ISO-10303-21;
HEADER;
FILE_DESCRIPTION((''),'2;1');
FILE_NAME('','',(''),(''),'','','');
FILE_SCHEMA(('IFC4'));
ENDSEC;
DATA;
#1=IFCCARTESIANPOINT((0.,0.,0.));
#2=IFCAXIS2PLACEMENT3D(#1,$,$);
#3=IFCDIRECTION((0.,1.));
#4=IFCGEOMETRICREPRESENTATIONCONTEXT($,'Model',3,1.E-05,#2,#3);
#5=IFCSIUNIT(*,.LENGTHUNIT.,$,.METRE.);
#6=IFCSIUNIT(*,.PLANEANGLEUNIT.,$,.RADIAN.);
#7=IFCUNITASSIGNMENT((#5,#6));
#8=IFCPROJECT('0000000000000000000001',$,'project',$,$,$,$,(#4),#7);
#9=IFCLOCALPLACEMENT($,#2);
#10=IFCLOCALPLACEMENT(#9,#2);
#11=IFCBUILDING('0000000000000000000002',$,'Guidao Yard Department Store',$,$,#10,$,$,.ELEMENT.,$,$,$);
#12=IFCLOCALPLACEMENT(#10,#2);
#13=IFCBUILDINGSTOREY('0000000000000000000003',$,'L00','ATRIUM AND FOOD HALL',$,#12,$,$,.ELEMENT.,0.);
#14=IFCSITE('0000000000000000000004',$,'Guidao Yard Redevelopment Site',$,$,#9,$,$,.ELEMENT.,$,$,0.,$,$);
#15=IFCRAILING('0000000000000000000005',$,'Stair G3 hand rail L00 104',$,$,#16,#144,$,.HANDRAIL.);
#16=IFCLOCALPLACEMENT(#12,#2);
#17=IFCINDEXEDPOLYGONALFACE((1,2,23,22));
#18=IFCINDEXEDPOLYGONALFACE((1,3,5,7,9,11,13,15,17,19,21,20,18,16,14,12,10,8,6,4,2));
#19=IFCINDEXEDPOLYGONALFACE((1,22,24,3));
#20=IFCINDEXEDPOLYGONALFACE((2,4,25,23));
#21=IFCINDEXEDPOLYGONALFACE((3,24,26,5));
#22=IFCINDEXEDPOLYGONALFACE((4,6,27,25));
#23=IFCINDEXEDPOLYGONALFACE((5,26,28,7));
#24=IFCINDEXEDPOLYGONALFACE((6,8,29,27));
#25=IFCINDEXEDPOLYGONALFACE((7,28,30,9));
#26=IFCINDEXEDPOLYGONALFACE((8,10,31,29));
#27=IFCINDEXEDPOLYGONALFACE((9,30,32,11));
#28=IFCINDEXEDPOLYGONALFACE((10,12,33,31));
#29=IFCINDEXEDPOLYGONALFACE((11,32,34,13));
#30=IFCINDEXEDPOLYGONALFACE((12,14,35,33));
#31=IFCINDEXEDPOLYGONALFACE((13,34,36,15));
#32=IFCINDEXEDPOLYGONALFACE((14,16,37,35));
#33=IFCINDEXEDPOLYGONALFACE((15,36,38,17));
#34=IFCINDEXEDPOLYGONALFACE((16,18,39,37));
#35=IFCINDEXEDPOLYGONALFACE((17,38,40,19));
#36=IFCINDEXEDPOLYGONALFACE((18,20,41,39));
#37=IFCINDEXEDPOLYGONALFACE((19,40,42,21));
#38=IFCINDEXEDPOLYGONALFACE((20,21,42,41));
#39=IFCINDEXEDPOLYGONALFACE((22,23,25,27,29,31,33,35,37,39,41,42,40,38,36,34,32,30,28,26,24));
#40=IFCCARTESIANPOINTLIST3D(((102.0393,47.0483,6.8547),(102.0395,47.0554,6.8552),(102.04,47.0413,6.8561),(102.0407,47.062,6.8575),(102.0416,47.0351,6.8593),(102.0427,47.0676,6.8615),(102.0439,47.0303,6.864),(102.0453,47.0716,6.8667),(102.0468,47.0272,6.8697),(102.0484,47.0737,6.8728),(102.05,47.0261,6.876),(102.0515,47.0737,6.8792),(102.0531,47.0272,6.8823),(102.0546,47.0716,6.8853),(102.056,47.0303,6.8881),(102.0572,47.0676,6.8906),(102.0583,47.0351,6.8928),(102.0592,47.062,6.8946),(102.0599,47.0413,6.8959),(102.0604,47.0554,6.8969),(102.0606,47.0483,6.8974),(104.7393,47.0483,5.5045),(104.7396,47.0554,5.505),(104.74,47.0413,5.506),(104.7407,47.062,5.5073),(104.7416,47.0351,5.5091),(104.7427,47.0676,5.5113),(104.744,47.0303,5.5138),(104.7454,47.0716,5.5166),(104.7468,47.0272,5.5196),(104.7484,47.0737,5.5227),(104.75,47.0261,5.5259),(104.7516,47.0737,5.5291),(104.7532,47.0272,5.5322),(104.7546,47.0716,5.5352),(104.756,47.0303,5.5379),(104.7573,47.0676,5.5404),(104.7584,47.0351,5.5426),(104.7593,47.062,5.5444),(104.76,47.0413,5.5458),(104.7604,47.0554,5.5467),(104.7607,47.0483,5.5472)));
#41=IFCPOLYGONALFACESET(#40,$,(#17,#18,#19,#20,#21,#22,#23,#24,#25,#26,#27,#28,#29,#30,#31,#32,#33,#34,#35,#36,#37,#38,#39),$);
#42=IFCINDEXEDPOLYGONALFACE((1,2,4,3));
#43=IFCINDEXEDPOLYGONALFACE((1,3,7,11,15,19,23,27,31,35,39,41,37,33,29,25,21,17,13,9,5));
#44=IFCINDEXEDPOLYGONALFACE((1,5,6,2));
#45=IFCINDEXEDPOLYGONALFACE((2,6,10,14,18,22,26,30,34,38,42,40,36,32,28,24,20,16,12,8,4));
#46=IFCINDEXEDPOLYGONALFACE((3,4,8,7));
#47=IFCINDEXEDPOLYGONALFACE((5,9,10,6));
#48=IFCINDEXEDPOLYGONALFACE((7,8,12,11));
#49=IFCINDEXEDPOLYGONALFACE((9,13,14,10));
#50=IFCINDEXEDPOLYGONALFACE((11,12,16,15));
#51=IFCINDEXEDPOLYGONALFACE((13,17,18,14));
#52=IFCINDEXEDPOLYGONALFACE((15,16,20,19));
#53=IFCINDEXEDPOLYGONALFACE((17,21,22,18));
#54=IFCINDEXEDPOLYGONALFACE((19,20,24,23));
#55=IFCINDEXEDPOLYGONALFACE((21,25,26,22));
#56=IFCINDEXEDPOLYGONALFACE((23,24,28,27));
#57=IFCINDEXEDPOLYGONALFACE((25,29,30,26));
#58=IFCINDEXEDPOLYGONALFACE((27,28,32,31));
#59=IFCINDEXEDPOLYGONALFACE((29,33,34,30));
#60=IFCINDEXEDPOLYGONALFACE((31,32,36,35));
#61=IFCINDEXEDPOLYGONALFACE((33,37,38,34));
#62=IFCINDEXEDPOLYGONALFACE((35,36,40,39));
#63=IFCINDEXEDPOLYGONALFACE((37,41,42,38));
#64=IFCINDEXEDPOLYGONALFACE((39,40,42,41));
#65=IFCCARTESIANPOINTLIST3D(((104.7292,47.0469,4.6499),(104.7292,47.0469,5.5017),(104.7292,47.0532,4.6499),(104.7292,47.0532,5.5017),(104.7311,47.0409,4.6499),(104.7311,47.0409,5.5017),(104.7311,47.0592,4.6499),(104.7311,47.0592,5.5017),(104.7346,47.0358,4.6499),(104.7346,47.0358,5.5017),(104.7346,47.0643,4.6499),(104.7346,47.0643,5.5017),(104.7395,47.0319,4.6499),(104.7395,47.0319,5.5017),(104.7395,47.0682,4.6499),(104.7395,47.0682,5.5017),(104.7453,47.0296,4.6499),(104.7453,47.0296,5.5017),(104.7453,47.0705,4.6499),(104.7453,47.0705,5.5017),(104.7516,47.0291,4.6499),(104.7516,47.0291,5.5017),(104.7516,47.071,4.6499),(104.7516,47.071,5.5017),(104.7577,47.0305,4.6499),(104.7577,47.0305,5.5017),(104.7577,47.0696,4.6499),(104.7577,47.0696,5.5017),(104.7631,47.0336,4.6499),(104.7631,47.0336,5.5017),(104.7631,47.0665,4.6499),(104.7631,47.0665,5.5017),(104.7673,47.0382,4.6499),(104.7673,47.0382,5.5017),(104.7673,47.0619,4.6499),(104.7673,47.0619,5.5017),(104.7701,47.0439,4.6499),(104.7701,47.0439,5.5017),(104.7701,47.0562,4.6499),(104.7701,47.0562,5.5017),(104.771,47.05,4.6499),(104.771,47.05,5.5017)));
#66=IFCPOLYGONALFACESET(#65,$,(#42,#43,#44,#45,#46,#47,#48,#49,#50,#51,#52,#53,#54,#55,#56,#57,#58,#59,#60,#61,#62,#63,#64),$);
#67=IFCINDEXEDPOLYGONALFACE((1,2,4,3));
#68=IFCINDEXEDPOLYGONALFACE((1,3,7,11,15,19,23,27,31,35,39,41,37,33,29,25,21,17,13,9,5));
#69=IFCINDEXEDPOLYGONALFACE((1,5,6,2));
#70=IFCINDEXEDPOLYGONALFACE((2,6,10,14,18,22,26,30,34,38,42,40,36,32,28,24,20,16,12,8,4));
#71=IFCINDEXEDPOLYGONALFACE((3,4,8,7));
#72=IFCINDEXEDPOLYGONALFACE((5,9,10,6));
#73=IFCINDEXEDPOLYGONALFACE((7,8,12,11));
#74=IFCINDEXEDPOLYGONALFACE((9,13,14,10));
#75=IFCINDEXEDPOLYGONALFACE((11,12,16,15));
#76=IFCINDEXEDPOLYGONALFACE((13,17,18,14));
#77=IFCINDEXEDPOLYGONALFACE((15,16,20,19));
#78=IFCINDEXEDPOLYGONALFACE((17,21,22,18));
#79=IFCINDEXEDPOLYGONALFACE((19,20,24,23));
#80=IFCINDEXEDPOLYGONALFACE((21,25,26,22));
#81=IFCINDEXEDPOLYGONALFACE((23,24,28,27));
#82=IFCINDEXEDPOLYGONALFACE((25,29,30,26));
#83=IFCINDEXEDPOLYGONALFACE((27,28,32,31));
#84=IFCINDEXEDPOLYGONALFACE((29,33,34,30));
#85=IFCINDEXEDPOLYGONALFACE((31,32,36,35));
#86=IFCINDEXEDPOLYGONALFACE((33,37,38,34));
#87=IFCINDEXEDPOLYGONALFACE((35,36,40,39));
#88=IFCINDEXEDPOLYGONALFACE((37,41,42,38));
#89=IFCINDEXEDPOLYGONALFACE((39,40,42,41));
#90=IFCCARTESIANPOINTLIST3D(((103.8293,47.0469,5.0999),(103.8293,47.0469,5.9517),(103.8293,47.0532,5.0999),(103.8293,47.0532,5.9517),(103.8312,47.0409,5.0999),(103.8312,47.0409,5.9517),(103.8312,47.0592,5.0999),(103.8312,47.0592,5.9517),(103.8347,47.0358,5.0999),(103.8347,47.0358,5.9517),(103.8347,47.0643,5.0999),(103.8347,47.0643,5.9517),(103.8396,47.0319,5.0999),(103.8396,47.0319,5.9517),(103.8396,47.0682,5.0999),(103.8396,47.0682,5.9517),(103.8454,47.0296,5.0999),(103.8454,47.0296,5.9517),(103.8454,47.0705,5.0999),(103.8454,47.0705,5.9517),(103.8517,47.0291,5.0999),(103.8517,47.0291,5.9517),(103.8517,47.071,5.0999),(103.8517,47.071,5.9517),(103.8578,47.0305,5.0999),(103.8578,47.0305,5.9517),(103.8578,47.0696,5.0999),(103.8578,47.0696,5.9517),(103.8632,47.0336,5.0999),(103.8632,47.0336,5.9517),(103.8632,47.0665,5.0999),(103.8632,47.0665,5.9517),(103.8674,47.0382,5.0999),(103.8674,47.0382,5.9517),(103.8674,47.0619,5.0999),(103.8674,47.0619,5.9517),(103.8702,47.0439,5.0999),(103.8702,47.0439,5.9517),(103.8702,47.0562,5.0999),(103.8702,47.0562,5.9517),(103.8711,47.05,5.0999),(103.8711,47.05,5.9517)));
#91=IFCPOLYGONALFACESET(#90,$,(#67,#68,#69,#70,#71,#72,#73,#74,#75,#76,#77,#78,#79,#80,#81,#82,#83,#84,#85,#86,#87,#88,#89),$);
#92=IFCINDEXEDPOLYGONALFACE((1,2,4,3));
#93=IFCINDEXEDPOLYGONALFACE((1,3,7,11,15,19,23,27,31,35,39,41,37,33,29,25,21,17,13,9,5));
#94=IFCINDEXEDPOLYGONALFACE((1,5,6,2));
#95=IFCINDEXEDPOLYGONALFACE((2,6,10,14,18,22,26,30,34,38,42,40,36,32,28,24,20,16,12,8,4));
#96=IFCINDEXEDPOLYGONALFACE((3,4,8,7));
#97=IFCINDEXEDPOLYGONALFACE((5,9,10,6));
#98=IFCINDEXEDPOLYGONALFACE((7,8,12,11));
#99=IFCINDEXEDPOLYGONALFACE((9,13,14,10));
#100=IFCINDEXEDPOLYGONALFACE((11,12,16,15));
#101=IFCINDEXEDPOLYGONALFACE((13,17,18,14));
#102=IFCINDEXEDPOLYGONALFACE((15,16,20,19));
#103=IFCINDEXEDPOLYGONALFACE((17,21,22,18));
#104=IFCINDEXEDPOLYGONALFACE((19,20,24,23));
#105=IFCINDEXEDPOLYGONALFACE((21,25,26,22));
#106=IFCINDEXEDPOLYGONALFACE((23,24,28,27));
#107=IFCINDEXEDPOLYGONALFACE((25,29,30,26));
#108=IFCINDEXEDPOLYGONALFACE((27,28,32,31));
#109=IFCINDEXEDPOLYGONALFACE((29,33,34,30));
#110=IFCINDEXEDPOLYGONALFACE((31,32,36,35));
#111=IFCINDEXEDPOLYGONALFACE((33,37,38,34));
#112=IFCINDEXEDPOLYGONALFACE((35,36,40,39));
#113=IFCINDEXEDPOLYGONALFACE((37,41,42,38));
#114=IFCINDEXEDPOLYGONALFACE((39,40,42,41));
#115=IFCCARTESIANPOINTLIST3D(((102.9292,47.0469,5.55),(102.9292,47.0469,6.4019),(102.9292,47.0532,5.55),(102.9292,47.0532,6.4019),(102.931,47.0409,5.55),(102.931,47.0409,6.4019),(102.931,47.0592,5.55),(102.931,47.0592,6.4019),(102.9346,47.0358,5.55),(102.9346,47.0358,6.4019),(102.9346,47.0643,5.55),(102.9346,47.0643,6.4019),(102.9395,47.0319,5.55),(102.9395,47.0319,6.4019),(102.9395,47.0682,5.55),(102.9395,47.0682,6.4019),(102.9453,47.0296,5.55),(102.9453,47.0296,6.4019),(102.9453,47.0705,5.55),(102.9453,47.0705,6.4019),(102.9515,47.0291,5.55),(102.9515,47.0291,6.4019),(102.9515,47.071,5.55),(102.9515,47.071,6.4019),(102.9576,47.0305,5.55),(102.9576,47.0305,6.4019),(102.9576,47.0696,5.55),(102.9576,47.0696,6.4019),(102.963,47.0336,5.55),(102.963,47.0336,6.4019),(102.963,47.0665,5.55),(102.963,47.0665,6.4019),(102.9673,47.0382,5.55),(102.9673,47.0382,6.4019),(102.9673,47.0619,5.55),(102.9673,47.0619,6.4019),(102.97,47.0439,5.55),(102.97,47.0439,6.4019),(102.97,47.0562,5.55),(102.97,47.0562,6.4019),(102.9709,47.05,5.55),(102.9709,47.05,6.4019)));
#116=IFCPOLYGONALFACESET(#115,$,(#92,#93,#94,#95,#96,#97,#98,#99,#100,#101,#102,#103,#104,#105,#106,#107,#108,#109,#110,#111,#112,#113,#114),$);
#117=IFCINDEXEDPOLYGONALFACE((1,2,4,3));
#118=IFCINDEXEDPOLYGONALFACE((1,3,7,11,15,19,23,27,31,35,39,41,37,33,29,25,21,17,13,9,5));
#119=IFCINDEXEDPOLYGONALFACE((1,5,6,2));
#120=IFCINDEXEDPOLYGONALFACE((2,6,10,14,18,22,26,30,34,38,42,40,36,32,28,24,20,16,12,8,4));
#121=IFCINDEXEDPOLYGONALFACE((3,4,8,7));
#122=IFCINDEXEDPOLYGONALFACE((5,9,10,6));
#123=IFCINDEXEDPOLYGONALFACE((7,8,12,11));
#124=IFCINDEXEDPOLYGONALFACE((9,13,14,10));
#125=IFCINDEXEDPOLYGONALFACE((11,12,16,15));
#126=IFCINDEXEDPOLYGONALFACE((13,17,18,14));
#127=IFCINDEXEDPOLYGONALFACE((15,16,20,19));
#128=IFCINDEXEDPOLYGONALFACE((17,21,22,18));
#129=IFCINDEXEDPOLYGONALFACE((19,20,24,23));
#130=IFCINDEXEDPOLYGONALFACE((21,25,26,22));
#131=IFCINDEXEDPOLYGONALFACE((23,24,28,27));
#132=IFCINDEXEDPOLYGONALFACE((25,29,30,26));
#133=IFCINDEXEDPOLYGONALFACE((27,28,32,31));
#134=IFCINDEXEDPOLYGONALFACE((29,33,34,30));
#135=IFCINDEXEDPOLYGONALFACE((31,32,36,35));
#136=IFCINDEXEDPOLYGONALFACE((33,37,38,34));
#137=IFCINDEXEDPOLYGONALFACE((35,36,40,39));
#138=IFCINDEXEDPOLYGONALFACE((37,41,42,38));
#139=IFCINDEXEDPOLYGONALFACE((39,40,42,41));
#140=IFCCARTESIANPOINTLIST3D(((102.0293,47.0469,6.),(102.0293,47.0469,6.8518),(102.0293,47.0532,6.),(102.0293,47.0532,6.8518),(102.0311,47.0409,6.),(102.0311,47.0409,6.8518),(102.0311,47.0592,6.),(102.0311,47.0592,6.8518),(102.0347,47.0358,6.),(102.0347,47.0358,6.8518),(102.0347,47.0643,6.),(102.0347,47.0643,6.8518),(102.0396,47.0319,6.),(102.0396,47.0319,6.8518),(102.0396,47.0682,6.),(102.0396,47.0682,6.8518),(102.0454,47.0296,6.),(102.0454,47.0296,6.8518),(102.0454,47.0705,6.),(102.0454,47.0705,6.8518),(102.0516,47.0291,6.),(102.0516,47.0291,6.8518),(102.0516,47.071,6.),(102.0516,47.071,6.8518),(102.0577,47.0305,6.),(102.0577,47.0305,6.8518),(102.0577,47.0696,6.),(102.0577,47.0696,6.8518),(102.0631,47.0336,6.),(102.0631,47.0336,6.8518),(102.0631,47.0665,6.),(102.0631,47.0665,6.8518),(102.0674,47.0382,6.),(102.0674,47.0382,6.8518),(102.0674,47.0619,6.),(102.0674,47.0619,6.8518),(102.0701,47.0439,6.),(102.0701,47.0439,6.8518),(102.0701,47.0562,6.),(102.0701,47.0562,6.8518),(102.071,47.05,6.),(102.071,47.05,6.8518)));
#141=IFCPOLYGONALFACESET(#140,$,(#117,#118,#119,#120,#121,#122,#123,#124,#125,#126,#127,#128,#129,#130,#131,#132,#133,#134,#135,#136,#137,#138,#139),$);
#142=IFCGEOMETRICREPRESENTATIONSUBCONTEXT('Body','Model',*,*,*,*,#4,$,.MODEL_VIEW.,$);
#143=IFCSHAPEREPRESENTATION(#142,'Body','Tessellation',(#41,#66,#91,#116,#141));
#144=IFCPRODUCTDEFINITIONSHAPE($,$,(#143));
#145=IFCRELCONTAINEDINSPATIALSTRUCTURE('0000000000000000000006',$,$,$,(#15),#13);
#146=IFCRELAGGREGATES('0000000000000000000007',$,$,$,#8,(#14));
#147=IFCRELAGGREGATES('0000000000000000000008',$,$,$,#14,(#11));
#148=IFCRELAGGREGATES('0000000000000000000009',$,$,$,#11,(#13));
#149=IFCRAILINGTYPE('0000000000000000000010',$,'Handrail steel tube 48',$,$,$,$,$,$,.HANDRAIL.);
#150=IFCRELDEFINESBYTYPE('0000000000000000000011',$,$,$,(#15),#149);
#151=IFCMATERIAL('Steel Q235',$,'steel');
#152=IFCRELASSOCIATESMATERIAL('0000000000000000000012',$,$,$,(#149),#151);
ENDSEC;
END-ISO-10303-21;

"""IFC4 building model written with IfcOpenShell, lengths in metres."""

from ifc_helpers import new_model, si_unit, direction, frame, origin, origin_2d, place, context, subcontext, project, spatial, circle, extrude, material, type_object, element, save


model = new_model("IFC4")

# Units and contexts
model_context = context("Model", 3, precision=1e-05, world=origin(), true_north=direction((0.0, 1.0)))
body_context = subcontext(model_context, "Body", "Model", "MODEL_VIEW")
ifc_project = project(units=[si_unit("LENGTHUNIT", "METRE"), si_unit("PLANEANGLEUNIT", "RADIAN")], contexts=[model_context])

# Site, building, storey
site_placement = place(None, origin())
site = spatial("IfcSite", under=ifc_project, at=site_placement, Name="Guidao Yard Redevelopment Site", CompositionType="ELEMENT", RefElevation=0.0)
building_placement = place(site_placement, origin())
building = spatial("IfcBuilding", under=site, at=building_placement, Name="Guidao Yard Department Store", CompositionType="ELEMENT")
storey_placement = place(building_placement, origin())
storey = spatial("IfcBuildingStorey", under=building, at=storey_placement, Name="L00", Description="ATRIUM AND FOOD HALL", CompositionType="ELEMENT", Elevation=0.0)

# Railing
ifc_material_1 = material(Name="Steel Q235", Category="steel")
railing_type = type_object("IfcRailingType", Name="Handrail steel tube 48", PredefinedType="HANDRAIL", material=ifc_material_1)
for number, where, name in (
    (1, (104.75, 47.05, 4.6499), "Stair G3 hand rail L00 104"),
):
    element("IfcRailing", number, at=place(storey_placement, frame(where)), inside=storey, type_object=railing_type, Name=name, PredefinedType="HANDRAIL", context=body_context, shape_type="SweptSolid", body=[
        extrude(circle(Radius=0.0239, at=origin_2d()), frame((0.0, 0.0, 0.876), z_axis=(-0.894411, 0.0, 0.447246), x_axis=(0.0, -1.0, 0.0)), (0.0, 0.0, 1.0), 3.0188),
        extrude(circle(Radius=0.021, at=origin_2d()), origin(), (0.0, 0.0, 1.0), 0.8518),
        extrude(circle(Radius=0.021, at=origin_2d()), frame((-0.8999, 0.0, 0.45)), (0.0, 0.0, 1.0), 0.8518),
        extrude(circle(Radius=0.021, at=origin_2d()), frame((-1.8, 0.0, 0.9001)), (0.0, 0.0, 1.0), 0.8518),
        extrude(circle(Radius=0.021, at=origin_2d()), frame((-2.7, 0.0, 1.3501)), (0.0, 0.0, 1.0), 0.8518),
    ])

save(model, "model.ifc")
